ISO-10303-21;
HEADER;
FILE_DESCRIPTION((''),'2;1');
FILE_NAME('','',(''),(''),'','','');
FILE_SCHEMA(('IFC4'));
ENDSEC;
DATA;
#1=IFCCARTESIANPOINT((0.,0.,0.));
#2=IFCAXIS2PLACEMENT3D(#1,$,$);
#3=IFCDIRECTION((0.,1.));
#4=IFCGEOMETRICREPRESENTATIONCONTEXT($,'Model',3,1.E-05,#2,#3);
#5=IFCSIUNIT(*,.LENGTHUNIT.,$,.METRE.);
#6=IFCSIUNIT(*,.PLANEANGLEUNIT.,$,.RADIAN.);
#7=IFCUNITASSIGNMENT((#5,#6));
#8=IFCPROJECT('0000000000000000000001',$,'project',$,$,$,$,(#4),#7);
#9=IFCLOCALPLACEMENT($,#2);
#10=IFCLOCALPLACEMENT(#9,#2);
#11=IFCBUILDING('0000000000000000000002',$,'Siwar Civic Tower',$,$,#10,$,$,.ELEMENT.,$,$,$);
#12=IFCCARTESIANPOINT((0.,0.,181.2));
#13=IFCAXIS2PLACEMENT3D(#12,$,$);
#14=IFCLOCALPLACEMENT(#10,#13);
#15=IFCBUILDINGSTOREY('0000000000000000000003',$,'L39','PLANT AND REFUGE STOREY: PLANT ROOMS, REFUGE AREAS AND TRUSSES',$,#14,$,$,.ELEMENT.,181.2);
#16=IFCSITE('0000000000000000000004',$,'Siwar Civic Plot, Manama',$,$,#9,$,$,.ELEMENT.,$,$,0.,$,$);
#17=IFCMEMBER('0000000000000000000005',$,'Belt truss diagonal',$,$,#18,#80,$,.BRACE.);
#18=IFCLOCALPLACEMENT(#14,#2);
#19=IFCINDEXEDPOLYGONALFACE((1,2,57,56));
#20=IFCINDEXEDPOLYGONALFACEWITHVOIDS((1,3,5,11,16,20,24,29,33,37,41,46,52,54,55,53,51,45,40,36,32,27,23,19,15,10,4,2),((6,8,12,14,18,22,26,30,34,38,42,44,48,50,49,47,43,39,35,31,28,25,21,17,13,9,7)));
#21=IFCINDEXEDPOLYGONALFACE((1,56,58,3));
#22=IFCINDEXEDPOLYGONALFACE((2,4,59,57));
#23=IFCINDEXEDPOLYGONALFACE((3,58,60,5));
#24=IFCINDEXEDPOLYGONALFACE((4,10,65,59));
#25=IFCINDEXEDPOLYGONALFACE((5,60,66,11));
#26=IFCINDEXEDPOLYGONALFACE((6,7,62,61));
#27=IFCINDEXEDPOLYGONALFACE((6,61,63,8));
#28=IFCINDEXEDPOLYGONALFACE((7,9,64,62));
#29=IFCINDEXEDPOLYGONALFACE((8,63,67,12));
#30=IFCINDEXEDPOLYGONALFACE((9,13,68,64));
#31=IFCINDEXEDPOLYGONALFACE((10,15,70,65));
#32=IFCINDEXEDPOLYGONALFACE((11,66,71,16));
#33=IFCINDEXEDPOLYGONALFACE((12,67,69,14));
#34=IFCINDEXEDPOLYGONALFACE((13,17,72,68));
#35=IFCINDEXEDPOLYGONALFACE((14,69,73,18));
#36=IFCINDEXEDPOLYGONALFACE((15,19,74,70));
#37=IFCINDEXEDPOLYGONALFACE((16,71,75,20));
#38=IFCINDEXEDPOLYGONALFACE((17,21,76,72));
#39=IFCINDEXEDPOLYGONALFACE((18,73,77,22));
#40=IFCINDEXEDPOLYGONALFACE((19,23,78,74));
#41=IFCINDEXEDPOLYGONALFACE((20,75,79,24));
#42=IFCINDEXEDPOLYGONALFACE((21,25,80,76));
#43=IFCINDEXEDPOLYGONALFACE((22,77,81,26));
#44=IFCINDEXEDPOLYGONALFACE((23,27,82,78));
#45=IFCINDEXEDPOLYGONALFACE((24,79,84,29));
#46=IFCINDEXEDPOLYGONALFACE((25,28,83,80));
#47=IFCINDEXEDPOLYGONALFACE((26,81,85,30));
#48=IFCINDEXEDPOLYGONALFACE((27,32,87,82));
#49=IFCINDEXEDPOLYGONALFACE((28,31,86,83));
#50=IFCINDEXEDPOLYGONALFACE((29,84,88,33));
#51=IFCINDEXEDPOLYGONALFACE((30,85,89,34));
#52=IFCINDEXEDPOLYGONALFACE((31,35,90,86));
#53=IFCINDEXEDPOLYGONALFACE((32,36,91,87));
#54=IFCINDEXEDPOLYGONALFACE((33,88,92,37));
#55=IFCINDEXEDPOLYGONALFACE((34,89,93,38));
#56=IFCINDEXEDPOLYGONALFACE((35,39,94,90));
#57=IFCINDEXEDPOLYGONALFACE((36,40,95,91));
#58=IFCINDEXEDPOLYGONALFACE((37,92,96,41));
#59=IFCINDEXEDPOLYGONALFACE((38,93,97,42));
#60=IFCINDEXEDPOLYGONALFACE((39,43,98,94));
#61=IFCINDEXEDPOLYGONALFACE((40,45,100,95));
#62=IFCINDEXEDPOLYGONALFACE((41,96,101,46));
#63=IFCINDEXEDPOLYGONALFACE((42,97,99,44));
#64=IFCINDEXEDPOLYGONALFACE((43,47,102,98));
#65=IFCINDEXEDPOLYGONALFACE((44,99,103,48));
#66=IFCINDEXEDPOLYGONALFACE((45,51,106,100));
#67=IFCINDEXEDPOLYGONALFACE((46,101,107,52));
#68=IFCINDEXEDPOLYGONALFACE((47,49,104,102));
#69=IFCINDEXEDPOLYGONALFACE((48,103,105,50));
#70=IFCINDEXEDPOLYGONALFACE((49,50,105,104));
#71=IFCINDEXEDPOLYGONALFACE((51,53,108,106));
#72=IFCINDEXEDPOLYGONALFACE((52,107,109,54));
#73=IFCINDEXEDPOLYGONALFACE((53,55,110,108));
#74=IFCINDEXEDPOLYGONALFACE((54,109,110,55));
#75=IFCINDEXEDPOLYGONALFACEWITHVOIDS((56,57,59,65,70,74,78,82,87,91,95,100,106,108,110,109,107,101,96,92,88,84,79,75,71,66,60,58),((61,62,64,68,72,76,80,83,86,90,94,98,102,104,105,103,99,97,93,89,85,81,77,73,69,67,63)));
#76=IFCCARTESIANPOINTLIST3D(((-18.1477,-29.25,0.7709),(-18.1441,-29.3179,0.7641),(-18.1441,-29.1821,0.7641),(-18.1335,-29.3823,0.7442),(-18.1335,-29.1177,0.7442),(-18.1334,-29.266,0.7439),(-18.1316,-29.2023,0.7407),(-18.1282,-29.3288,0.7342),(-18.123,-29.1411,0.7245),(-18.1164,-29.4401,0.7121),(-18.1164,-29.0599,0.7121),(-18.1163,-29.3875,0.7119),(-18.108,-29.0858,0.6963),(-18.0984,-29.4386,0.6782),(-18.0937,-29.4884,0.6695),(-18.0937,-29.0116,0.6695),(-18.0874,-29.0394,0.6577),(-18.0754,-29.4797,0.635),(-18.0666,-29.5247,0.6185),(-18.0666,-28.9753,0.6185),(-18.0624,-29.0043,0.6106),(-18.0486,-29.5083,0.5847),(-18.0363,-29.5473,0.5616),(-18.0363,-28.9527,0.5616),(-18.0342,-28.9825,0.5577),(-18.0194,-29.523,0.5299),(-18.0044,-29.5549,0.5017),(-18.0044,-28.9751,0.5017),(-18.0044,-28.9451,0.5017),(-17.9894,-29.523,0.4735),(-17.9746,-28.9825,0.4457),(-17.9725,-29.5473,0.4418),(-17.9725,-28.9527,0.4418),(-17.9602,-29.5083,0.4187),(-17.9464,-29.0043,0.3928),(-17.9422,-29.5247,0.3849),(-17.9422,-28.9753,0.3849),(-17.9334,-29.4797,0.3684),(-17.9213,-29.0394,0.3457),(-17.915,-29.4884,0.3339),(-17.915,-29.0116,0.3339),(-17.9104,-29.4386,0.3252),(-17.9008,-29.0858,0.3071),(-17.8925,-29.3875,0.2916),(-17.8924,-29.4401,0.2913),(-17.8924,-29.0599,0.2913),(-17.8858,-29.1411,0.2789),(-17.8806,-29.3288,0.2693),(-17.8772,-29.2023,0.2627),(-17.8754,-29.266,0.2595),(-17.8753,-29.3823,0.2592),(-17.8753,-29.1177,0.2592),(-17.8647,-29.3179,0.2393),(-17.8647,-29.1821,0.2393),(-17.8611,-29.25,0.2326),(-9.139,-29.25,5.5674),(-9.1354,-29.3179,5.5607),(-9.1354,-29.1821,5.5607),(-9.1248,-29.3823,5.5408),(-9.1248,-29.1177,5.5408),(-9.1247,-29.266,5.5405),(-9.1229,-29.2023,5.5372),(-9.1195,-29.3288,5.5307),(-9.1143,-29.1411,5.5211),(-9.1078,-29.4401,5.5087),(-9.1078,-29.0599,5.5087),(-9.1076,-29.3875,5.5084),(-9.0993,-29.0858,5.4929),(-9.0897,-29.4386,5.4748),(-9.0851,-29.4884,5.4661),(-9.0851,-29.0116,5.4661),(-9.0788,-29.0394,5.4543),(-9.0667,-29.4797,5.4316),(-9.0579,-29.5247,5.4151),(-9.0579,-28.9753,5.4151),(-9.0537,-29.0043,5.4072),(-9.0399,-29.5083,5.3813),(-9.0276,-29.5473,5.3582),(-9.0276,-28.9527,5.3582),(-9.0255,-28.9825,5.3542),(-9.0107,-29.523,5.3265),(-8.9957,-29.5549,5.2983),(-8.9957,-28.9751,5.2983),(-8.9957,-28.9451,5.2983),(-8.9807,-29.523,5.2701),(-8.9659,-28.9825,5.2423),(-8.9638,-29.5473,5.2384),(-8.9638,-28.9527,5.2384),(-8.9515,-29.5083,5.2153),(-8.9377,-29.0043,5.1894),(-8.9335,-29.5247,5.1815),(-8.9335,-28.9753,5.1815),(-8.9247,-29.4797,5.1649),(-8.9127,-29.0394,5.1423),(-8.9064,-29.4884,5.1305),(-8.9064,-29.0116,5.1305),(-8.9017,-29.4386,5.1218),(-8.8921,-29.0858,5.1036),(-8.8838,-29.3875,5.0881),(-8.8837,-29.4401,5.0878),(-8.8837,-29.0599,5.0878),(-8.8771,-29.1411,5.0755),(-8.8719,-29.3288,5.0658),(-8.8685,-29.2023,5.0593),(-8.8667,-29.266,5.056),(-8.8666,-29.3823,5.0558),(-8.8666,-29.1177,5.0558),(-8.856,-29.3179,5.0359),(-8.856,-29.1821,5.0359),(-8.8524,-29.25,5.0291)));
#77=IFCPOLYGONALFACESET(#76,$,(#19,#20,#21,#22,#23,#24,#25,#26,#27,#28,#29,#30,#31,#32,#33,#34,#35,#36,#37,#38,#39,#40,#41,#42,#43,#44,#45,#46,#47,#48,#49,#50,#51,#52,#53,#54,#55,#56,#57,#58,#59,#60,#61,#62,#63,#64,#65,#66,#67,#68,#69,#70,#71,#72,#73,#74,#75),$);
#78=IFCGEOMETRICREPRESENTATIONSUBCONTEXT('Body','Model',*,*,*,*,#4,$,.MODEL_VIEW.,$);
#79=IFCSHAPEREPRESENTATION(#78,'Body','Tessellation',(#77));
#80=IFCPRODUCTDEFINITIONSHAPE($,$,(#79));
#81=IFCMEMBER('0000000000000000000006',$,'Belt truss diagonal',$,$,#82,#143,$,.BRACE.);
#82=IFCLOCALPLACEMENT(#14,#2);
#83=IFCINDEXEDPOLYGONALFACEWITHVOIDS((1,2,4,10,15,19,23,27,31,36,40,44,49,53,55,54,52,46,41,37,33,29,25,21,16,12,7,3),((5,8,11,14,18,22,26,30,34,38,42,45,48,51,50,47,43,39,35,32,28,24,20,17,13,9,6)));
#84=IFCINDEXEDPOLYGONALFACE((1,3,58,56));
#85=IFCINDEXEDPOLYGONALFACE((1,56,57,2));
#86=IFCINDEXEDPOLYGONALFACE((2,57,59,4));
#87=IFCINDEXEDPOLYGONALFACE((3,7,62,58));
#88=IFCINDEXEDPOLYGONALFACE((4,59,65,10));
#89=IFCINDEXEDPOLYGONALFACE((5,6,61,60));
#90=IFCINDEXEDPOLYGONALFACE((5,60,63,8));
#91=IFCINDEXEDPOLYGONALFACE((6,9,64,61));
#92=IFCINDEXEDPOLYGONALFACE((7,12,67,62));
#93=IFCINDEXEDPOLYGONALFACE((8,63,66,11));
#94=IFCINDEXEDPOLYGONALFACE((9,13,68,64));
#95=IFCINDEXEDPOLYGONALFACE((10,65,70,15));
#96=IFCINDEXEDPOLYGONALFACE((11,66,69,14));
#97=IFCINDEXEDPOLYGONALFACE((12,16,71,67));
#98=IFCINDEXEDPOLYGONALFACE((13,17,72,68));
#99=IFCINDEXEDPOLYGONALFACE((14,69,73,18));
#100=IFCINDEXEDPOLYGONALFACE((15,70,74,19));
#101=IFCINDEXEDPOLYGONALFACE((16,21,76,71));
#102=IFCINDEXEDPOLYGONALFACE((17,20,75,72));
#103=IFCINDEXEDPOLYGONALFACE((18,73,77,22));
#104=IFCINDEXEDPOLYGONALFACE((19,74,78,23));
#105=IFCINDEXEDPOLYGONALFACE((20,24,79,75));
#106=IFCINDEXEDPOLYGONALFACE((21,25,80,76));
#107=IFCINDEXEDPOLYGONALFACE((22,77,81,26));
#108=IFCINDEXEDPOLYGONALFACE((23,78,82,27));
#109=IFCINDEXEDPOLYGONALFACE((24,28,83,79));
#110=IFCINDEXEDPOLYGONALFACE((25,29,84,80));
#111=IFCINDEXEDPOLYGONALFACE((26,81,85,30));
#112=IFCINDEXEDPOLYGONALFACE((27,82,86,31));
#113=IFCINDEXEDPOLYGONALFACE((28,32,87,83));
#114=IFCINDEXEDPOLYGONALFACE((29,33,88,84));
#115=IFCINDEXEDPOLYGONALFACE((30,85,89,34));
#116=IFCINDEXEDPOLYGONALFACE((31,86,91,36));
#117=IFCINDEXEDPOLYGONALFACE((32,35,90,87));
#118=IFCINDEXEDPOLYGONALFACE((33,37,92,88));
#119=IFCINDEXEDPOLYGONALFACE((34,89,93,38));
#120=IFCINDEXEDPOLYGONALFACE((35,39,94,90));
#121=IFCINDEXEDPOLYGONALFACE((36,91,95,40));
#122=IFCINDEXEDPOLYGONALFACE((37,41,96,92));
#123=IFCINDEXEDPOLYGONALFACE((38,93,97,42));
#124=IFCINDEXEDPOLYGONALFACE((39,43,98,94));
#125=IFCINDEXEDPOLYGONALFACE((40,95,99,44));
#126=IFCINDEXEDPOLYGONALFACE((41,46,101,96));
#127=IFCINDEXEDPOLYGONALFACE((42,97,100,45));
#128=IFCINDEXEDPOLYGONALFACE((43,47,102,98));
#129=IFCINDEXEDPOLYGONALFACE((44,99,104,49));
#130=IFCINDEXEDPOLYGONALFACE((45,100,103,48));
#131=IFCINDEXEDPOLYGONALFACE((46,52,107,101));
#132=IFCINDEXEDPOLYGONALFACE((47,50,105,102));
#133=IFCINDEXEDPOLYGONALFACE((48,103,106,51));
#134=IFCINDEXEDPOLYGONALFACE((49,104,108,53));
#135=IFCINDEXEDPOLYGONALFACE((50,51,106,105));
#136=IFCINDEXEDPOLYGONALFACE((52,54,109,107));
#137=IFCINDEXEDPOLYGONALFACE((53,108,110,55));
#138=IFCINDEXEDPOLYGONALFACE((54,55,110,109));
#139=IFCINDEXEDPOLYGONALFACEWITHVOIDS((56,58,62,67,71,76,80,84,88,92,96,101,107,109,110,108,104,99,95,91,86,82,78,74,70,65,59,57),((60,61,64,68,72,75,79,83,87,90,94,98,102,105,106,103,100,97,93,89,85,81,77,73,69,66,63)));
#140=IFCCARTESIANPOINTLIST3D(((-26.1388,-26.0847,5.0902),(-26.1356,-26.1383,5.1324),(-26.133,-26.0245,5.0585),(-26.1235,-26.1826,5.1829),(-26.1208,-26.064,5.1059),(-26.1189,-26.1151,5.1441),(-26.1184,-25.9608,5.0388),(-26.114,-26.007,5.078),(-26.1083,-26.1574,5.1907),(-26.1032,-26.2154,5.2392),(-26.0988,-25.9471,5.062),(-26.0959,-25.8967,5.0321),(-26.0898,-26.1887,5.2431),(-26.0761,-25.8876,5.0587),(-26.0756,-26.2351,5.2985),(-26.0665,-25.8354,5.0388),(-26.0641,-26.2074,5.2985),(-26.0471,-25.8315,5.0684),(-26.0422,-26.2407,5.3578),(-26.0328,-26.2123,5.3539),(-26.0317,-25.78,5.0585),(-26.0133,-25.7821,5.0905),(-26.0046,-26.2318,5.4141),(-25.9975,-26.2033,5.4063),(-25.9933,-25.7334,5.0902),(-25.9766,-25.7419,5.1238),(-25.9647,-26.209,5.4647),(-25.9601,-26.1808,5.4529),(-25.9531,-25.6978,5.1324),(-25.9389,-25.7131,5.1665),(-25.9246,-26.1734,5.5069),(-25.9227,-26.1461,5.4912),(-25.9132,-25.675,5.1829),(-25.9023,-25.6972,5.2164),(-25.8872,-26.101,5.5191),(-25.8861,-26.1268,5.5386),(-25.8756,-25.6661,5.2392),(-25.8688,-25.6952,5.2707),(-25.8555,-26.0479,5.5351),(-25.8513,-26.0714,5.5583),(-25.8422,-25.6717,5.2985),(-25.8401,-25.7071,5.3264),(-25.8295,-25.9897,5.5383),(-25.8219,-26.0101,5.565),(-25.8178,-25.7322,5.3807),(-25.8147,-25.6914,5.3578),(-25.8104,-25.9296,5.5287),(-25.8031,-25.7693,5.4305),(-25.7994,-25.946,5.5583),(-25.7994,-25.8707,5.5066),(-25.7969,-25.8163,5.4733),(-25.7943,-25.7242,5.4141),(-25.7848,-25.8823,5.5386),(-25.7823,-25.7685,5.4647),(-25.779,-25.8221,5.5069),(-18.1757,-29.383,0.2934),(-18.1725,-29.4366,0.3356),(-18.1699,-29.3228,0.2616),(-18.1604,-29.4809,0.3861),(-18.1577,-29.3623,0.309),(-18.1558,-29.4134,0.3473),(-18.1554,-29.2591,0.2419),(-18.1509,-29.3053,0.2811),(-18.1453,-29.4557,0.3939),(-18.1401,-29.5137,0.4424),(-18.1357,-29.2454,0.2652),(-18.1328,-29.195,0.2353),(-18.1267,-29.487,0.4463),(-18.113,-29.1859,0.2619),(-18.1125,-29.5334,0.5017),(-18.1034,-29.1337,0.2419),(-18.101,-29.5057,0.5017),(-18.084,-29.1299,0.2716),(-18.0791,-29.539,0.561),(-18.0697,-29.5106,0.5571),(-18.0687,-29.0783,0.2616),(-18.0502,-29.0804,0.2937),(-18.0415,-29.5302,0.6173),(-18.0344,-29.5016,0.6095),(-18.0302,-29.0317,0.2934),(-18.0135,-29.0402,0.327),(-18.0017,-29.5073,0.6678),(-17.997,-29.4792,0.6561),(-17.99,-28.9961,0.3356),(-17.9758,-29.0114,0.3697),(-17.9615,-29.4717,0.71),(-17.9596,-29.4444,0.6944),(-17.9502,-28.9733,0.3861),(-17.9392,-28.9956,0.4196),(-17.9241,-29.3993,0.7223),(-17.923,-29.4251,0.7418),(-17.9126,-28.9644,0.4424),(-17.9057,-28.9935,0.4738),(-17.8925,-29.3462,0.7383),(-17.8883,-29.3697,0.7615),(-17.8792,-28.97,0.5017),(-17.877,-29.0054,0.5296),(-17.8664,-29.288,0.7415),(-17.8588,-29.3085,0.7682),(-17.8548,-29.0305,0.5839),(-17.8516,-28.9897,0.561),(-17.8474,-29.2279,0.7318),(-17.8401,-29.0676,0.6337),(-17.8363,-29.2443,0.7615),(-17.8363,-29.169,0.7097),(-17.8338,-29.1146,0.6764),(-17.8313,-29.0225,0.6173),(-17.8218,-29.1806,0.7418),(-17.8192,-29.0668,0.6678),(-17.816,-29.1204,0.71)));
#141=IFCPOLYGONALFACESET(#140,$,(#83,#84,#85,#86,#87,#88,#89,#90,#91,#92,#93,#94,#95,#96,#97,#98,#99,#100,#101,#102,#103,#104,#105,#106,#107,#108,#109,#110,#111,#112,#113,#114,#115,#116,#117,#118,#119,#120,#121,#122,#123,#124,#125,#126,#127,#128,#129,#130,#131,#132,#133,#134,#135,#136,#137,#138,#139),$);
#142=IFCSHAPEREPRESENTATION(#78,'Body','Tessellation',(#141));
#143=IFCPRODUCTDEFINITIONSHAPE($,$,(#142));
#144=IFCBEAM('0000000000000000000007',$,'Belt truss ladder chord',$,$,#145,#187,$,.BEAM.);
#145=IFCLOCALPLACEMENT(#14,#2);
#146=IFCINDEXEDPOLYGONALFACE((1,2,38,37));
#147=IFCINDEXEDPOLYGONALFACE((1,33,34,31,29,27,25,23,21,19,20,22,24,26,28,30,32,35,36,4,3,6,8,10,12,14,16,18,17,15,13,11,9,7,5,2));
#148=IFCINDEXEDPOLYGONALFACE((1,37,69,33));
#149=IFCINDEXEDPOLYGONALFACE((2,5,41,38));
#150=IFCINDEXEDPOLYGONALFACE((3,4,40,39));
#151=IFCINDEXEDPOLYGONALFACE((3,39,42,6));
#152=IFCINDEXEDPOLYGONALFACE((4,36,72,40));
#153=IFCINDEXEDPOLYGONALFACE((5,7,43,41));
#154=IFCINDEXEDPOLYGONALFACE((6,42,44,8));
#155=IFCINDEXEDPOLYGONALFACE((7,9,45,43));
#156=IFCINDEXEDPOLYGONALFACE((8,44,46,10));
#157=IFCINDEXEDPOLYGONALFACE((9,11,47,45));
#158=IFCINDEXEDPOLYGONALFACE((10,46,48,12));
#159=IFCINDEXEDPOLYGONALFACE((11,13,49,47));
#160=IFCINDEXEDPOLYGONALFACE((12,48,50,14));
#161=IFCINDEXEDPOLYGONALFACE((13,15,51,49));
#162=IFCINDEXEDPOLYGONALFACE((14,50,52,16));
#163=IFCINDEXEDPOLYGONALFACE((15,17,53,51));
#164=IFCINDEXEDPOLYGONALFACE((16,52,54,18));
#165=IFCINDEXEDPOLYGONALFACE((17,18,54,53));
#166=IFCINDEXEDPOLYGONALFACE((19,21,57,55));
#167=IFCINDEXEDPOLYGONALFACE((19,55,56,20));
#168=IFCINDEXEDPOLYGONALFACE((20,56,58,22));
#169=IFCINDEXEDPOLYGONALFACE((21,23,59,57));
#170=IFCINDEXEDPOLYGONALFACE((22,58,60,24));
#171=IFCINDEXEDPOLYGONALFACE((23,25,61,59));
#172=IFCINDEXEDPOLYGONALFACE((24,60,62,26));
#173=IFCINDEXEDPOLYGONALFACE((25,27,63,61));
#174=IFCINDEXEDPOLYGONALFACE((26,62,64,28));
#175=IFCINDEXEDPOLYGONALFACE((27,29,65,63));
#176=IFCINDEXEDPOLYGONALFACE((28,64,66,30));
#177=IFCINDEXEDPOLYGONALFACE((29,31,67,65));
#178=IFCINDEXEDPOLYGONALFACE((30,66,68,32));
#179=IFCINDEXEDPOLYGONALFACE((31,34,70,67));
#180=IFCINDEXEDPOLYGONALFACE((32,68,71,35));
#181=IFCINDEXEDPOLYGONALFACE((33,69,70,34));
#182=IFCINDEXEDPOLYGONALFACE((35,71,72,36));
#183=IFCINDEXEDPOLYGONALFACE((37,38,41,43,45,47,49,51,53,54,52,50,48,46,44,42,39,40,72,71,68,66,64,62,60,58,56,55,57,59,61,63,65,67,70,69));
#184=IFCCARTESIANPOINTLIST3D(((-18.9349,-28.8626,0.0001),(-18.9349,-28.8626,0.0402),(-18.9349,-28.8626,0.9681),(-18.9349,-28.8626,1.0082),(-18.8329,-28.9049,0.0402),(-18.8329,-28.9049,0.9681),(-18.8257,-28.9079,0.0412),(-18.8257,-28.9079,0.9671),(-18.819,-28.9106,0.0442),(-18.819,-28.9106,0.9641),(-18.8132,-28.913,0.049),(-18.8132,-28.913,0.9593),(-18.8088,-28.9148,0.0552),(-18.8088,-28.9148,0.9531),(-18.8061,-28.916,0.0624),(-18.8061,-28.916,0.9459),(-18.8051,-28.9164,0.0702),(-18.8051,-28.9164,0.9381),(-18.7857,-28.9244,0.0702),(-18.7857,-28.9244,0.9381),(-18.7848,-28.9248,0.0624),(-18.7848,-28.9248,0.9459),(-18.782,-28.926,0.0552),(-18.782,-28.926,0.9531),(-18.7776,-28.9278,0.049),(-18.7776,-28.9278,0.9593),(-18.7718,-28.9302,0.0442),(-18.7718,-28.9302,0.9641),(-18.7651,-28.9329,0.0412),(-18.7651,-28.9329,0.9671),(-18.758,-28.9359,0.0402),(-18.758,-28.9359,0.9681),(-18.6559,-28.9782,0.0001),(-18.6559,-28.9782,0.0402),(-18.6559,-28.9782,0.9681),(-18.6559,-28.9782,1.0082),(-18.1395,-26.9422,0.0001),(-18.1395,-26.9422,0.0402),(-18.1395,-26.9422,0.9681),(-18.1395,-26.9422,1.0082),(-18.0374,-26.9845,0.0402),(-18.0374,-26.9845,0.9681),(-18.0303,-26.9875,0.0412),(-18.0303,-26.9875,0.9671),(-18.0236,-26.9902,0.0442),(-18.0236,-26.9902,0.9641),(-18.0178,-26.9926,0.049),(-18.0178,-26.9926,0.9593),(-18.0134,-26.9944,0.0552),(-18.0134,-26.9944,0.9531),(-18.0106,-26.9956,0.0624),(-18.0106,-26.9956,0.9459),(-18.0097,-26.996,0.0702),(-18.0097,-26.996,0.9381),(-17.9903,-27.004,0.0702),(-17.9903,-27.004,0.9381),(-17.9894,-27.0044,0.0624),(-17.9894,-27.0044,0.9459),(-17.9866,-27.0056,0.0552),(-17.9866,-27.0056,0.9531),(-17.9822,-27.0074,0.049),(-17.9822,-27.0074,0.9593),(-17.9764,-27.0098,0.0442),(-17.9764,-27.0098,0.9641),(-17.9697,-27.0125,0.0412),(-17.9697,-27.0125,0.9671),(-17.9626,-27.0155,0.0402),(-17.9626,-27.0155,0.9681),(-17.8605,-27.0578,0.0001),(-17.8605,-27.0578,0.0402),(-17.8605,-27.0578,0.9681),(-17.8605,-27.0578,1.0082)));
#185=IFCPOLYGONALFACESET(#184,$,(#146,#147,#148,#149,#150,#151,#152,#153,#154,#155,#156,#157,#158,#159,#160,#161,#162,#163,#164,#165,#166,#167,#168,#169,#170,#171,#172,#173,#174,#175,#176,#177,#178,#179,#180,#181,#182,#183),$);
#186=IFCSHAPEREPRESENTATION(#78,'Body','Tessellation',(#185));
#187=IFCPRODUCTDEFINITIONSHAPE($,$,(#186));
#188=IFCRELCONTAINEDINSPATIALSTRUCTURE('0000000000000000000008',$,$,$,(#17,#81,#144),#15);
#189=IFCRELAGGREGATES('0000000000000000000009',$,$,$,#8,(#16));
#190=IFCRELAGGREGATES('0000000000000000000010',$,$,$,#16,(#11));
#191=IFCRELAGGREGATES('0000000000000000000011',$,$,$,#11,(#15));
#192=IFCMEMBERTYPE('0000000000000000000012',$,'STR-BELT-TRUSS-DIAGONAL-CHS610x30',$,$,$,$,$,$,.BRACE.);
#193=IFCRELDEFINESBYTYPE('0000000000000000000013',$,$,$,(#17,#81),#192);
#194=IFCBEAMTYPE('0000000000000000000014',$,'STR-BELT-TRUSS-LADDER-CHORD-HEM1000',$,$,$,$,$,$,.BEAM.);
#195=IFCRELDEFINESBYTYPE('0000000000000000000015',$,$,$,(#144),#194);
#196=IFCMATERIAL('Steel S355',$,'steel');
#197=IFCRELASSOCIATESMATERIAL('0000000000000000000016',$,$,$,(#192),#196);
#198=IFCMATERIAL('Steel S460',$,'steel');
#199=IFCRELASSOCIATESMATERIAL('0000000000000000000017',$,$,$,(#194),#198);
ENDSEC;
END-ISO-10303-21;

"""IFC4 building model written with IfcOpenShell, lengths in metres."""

from ifc_helpers import new_model, si_unit, direction, frame, origin, origin_2d, place, context, subcontext, project, spatial, hollow_circle, i_section, extrude, material, material_profile, profile_set, type_object, element, save


model = new_model("IFC4")

# Units and contexts
model_context = context("Model", 3, precision=1e-05, world=origin(), true_north=direction((0.0, 1.0)))
body_context = subcontext(model_context, "Body", "Model", "MODEL_VIEW")
ifc_project = project(units=[si_unit("LENGTHUNIT", "METRE"), si_unit("PLANEANGLEUNIT", "RADIAN")], contexts=[model_context])

# Site, building, storey
site_placement = place(None, origin())
site = spatial("IfcSite", under=ifc_project, at=site_placement, Name="Siwar Civic Plot, Manama", CompositionType="ELEMENT", RefElevation=0.0)
building_placement = place(site_placement, origin())
building = spatial("IfcBuilding", under=site, at=building_placement, Name="Siwar Civic Tower", CompositionType="ELEMENT")
storey_placement = place(building_placement, frame((0.0, 0.0, 181.2)))
storey = spatial("IfcBuildingStorey", under=building, at=storey_placement, Name="L39", Description="PLANT AND REFUGE STOREY: PLANT ROOMS, REFUGE AREAS AND TRUSSES", CompositionType="ELEMENT", Elevation=181.2)

# Members
ifc_material_1 = material(Name="Steel S355", Category="steel")
ifc_material_profile_1 = material_profile(ifc_material_1, hollow_circle(Radius=0.3049, WallThickness=0.03, at=origin_2d()), Name="CHS610x30")
ifc_profile_set_1 = profile_set([ifc_material_profile_1], Name="Steel S355")
member_type_1 = type_object("IfcMemberType", Name="STR-BELT-TRUSS-DIAGONAL-CHS610x30", PredefinedType="BRACE", material=ifc_profile_set_1)
for number, where, z_axis, x_axis, name in (
    (1, (-18.0044, -29.25, 0.5017), (0.882681, 0.0, 0.469974), (0.0, 1.0, 0.0), "Belt truss diagonal"),
):
    element("IfcMember", number, at=place(storey_placement, frame(where, z_axis=z_axis, x_axis=x_axis)), inside=storey, type_object=member_type_1, Name=name, PredefinedType="BRACE", context=body_context, shape_type="SweptSolid", body=[
        extrude(hollow_circle(Radius=0.3049, WallThickness=0.03, at=origin_2d()), origin(), (0.0, 0.0, 1.0), 10.2061),
    ])
member_1_placement = place(storey_placement, frame((-17.9958, -29.2517, 0.5017), z_axis=(-0.807284, 0.334378, 0.486296), x_axis=(-0.382674, -0.923884, 0.0)))
element("IfcMember", 2, at=member_1_placement, inside=storey, type_object=member_type_1, Name="Belt truss diagonal", PredefinedType="BRACE", context=body_context, shape_type="SweptSolid", body=[
    extrude(hollow_circle(Radius=0.3049, WallThickness=0.03, at=origin_2d()), origin(), (0.0, 0.0, 1.0), 9.864),
])

# Beam
ifc_material_2 = material(Name="Steel S460", Category="steel")
ifc_material_profile_2 = material_profile(ifc_material_2, i_section(OverallWidth=0.302, OverallDepth=1.0081, WebThickness=0.021, FlangeThickness=0.04, FilletRadius=0.03, at=origin_2d()), Name="HEM1000")
ifc_profile_set_2 = profile_set([ifc_material_profile_2], Name="Steel S460")
beam_type_1 = type_object("IfcBeamType", Name="STR-BELT-TRUSS-LADDER-CHORD-HEM1000", PredefinedType="BEAM", material=ifc_profile_set_2)
for number, where, z_axis, x_axis, name in (
    (3, (-18.0, -27.0, 0.5042), (-0.382663, -0.923888, 0.0), (0.923888, -0.382663, 0.0), "Belt truss ladder chord"),
):
    element("IfcBeam", number, at=place(storey_placement, frame(where, z_axis=z_axis, x_axis=x_axis)), inside=storey, type_object=beam_type_1, Name=name, PredefinedType="BEAM", context=body_context, shape_type="SweptSolid", body=[
        extrude(i_section(OverallWidth=0.302, OverallDepth=1.0081, WebThickness=0.021, FlangeThickness=0.04, FilletRadius=0.03, at=origin_2d()), origin(), (0.0, 0.0, 1.0), 2.0786),
    ])

save(model, "model.ifc")
